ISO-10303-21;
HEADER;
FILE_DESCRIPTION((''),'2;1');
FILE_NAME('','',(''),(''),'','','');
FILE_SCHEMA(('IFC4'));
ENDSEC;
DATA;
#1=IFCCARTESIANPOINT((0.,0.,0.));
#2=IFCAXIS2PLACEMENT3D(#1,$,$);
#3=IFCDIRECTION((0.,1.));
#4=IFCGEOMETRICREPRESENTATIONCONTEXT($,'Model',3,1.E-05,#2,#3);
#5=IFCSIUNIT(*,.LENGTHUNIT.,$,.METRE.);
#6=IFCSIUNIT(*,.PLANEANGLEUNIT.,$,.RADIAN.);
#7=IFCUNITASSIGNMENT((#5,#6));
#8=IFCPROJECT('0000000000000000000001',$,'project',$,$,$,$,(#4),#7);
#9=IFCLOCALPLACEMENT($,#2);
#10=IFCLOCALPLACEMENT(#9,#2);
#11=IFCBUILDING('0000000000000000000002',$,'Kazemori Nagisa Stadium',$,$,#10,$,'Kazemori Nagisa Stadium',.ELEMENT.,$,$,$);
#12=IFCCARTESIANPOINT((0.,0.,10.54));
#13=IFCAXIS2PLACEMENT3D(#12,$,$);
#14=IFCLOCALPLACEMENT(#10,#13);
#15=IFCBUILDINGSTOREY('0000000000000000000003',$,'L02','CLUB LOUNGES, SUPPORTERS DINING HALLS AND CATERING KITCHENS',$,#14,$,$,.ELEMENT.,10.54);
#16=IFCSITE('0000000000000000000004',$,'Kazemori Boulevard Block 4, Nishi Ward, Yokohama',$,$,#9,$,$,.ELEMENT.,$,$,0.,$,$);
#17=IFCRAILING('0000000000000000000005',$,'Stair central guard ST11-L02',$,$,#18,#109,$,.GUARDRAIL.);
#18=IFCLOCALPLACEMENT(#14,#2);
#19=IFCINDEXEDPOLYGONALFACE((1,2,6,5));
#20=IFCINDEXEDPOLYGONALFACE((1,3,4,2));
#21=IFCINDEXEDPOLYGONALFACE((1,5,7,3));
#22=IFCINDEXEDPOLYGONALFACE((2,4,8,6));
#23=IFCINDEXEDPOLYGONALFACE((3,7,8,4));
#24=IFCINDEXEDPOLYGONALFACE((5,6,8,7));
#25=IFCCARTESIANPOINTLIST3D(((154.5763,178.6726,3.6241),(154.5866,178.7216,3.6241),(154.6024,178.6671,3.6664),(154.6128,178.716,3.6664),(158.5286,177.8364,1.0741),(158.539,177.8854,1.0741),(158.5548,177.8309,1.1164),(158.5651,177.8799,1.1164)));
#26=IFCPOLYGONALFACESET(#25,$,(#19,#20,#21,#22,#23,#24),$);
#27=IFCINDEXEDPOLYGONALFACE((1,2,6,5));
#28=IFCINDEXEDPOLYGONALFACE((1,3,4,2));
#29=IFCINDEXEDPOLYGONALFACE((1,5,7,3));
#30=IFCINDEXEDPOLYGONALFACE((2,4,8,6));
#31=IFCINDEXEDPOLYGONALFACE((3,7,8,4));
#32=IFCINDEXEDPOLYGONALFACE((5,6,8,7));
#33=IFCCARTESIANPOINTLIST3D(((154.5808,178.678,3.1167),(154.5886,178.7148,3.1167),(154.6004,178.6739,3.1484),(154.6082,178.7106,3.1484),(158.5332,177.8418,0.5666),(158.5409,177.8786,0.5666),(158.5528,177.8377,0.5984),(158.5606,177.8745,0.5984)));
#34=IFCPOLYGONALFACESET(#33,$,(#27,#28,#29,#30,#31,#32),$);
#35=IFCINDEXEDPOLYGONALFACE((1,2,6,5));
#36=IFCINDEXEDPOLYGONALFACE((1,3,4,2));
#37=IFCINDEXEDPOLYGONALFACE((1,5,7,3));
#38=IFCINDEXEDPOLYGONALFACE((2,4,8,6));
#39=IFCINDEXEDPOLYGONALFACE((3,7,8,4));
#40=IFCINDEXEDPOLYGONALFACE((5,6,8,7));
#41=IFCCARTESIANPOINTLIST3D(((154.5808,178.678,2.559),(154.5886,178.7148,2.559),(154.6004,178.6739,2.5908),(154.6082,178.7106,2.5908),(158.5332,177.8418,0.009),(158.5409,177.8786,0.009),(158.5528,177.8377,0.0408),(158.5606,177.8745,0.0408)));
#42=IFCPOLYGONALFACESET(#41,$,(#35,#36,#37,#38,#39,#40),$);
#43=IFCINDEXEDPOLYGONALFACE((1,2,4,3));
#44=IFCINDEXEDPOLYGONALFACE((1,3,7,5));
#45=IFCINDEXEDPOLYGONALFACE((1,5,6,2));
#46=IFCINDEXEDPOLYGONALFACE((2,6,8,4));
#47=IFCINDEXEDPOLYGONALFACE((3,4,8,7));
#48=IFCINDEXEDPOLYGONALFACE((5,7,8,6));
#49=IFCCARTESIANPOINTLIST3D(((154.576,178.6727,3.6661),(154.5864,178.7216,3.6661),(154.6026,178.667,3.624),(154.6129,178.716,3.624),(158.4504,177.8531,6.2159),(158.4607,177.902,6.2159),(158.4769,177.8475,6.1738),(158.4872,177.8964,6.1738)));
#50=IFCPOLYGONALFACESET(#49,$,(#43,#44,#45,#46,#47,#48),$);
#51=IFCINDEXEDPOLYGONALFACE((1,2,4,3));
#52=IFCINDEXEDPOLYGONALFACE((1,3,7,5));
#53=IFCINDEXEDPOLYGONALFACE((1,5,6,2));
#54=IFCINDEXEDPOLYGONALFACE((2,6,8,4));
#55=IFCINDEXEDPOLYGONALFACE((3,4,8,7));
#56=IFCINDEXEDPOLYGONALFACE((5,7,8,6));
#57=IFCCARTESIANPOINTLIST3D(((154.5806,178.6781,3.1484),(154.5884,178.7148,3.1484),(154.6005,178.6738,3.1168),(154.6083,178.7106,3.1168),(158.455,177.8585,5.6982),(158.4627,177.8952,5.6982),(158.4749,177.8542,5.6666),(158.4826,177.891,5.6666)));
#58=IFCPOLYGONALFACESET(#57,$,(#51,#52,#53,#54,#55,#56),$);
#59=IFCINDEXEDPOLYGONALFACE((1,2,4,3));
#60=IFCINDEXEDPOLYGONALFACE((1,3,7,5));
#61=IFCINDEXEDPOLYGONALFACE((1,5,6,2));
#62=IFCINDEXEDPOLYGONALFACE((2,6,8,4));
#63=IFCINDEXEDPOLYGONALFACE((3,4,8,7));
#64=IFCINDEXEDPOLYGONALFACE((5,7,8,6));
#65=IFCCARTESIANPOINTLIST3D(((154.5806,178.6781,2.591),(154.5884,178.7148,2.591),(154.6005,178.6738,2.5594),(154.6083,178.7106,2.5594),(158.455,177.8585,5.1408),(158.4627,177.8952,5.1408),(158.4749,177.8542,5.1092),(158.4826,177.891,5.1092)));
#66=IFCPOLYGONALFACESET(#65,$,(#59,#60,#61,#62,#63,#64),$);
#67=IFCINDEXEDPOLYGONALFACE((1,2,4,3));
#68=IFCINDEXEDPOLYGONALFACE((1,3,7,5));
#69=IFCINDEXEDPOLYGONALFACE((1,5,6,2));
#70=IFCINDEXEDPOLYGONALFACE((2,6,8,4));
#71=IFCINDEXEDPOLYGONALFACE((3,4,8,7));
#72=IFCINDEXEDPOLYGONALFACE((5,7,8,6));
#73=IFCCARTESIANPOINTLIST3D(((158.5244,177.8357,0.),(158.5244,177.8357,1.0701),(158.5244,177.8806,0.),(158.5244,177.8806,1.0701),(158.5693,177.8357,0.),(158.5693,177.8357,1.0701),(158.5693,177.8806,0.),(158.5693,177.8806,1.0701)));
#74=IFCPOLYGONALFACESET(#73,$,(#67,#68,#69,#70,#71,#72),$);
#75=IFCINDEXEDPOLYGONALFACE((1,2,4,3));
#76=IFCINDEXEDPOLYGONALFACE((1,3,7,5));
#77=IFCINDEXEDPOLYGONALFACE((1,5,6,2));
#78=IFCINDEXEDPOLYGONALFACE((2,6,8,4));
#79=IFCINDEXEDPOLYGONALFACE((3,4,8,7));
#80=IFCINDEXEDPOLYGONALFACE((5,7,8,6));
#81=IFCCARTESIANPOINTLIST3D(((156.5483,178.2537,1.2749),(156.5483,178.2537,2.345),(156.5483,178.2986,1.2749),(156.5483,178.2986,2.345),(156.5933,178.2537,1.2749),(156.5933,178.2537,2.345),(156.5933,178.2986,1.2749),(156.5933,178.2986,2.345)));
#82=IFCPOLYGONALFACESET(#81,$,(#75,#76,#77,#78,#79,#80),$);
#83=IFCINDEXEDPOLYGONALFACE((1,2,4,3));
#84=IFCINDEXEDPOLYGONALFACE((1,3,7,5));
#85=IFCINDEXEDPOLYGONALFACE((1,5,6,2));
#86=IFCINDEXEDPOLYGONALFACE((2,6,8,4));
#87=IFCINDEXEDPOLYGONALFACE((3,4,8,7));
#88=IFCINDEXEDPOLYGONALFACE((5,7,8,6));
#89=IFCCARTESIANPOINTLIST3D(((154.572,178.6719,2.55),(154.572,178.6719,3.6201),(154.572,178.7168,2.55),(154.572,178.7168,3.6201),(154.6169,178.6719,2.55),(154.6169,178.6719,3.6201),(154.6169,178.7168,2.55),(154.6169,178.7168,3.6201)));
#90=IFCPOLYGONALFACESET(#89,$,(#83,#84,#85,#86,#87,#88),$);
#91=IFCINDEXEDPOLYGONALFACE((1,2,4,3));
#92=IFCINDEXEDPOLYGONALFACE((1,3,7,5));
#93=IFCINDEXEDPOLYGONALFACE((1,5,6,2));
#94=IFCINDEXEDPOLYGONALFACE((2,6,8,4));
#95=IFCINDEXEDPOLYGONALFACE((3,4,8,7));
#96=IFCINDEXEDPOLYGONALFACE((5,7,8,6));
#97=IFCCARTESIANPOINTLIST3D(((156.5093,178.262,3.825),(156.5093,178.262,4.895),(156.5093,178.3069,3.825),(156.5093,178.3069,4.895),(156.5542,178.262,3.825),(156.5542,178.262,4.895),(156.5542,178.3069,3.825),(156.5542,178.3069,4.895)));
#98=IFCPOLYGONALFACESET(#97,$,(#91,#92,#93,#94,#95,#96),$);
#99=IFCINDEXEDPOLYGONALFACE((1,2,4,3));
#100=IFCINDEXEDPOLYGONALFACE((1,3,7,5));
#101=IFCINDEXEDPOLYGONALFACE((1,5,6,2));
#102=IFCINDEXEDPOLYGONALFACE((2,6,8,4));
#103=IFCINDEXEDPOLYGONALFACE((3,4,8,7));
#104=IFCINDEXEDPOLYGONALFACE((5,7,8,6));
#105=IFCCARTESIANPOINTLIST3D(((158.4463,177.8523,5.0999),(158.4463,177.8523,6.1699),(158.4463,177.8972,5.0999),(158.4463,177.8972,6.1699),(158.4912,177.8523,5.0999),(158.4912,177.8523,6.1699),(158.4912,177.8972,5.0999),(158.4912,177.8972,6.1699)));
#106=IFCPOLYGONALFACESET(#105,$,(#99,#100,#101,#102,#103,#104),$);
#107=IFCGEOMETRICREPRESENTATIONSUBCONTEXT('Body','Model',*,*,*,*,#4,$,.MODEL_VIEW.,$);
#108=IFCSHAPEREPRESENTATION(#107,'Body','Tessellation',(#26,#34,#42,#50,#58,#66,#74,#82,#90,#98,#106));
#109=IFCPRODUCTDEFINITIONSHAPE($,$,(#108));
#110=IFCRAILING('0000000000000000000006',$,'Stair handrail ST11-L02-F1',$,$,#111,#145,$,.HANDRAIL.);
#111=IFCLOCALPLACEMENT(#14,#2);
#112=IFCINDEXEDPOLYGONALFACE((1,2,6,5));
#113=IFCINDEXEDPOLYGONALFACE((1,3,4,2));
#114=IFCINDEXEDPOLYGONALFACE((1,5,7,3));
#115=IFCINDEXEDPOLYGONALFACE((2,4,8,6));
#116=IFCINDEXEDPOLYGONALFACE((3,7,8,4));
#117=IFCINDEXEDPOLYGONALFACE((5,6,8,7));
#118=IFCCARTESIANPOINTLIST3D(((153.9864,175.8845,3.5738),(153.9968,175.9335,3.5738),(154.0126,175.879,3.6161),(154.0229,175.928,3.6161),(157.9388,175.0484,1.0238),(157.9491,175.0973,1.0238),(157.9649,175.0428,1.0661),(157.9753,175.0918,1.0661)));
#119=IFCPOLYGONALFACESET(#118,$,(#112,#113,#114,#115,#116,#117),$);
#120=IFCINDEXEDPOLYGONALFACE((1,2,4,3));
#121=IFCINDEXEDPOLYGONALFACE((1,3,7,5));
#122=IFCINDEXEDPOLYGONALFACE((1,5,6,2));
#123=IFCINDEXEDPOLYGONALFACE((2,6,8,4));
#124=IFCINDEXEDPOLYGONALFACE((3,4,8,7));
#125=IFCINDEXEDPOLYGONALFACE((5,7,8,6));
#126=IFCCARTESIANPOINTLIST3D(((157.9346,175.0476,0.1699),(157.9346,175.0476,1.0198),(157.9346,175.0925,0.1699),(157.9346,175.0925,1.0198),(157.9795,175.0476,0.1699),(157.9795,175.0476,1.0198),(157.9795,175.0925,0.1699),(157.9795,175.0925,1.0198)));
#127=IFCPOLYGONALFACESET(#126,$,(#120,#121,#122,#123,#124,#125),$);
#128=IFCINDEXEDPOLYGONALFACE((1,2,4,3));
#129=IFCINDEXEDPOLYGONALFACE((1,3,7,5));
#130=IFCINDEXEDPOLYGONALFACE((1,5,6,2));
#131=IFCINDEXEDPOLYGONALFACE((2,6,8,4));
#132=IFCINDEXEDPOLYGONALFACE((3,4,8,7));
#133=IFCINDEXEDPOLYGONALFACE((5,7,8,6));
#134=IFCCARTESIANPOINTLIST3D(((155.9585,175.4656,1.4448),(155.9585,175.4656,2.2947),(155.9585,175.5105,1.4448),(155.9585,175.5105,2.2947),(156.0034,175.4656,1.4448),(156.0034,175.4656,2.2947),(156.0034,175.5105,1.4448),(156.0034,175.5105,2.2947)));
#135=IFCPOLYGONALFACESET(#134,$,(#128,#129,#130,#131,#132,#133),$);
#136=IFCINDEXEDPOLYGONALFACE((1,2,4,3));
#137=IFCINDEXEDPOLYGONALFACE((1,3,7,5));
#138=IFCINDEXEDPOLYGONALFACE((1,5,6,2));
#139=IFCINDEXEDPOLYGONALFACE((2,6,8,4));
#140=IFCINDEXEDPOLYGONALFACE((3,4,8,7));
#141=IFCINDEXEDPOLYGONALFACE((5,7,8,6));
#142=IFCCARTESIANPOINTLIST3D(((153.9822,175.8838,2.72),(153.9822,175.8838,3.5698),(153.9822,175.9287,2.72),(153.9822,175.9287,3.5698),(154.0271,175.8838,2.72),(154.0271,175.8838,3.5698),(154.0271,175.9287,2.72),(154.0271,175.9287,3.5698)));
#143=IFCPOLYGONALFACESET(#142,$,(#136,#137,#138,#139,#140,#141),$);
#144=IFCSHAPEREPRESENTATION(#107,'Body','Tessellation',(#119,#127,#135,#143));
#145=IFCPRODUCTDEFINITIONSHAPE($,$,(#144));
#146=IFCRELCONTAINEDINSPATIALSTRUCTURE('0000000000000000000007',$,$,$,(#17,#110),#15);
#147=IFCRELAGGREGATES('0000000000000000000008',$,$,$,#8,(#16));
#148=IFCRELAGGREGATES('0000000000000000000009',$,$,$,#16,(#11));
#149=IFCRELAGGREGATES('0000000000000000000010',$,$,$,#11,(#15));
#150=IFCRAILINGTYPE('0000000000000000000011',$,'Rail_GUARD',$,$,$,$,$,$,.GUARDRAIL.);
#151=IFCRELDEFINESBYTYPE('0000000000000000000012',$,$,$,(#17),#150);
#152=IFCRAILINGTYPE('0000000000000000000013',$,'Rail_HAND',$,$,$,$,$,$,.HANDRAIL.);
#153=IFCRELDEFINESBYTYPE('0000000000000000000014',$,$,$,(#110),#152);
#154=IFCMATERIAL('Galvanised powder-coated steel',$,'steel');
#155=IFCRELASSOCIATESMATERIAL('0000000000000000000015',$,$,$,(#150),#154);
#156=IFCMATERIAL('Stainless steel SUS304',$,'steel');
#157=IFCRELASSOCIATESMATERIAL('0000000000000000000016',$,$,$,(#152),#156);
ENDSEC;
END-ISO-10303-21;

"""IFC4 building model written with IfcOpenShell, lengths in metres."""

from ifc_helpers import new_model, si_unit, direction, frame, origin, origin_2d, place, context, subcontext, project, spatial, rectangle, extrude, material, type_object, element, save


model = new_model("IFC4")

# Units and contexts
model_context = context("Model", 3, precision=1e-05, world=origin(), true_north=direction((0.0, 1.0)))
body_context = subcontext(model_context, "Body", "Model", "MODEL_VIEW")
ifc_project = project(units=[si_unit("LENGTHUNIT", "METRE"), si_unit("PLANEANGLEUNIT", "RADIAN")], contexts=[model_context])

# Site, building, storey
site_placement = place(None, origin())
site = spatial("IfcSite", under=ifc_project, at=site_placement, Name="Kazemori Boulevard Block 4, Nishi Ward, Yokohama", CompositionType="ELEMENT", RefElevation=0.0)
building_placement = place(site_placement, origin())
building = spatial("IfcBuilding", under=site, at=building_placement, Name="Kazemori Nagisa Stadium", LongName="Kazemori Nagisa Stadium", CompositionType="ELEMENT")
storey_placement = place(building_placement, frame((0.0, 0.0, 10.54)))
storey = spatial("IfcBuildingStorey", under=building, at=storey_placement, Name="L02", Description="CLUB LOUNGES, SUPPORTERS DINING HALLS AND CATERING KITCHENS", CompositionType="ELEMENT", Elevation=10.54)

# Railings
ifc_material_1 = material(Name="Galvanised powder-coated steel", Category="steel")
railing_type_1 = type_object("IfcRailingType", Name="Rail_GUARD", PredefinedType="GUARDRAIL", material=ifc_material_1)
railing_1_placement = place(storey_placement, frame((158.5469, 177.8582, 0.0)))
element("IfcRailing", 1, at=railing_1_placement, inside=storey, type_object=railing_type_1, Name="Stair central guard ST11-L02", PredefinedType="GUARDRAIL", context=body_context, shape_type="SweptSolid", body=[
    extrude(rectangle(XDim=0.05, YDim=0.05, at=origin_2d()), frame((0.0, 0.0, 1.0952), z_axis=(-0.827314, 0.175029, 0.533776), x_axis=(-0.206982, -0.978345, 0.0)), (0.0, 0.0, 1.0), 4.7773),
    extrude(rectangle(XDim=0.0376, YDim=0.0376, at=origin_2d()), frame((0.0, 0.0, 0.5825), z_axis=(-0.827314, 0.175029, 0.533776), x_axis=(-0.206982, -0.978345, 0.0)), (0.0, 0.0, 1.0), 4.7773),
    extrude(rectangle(XDim=0.0376, YDim=0.0376, at=origin_2d()), frame((0.0, 0.0, 0.0249), z_axis=(-0.827314, 0.175029, 0.533776), x_axis=(-0.206982, -0.978345, 0.0)), (0.0, 0.0, 1.0), 4.7773),
    extrude(rectangle(XDim=0.05, YDim=0.05, at=origin_2d()), frame((-3.9524, 0.8362, 3.645), z_axis=(0.822579, -0.174012, 0.541371), x_axis=(0.206964, 0.978349, 0.0)), (0.0, 0.0, 1.0), 4.71),
    extrude(rectangle(XDim=0.0376, YDim=0.0376, at=origin_2d()), frame((-3.9524, 0.8362, 3.1326), z_axis=(0.822579, -0.174012, 0.541371), x_axis=(0.206964, 0.978349, 0.0)), (0.0, 0.0, 1.0), 4.71),
    extrude(rectangle(XDim=0.0376, YDim=0.0376, at=origin_2d()), frame((-3.9524, 0.8362, 2.5752), z_axis=(0.822579, -0.174012, 0.541371), x_axis=(0.206964, 0.978349, 0.0)), (0.0, 0.0, 1.0), 4.71),
    extrude(rectangle(XDim=0.0449, YDim=0.0449, at=origin_2d()), origin(), (0.0, 0.0, 1.0), 1.0701),
    extrude(rectangle(XDim=0.0449, YDim=0.0449, at=origin_2d()), frame((-1.9761, 0.418, 1.2749)), (0.0, 0.0, 1.0), 1.0701),
    extrude(rectangle(XDim=0.0449, YDim=0.0449, at=origin_2d()), frame((-3.9524, 0.8362, 2.55)), (0.0, 0.0, 1.0), 1.0701),
    extrude(rectangle(XDim=0.0449, YDim=0.0449, at=origin_2d()), frame((-2.0151, 0.4263, 3.825)), (0.0, 0.0, 1.0), 1.0701),
    extrude(rectangle(XDim=0.0449, YDim=0.0449, at=origin_2d()), frame((-0.0781, 0.0166, 5.0999)), (0.0, 0.0, 1.0), 1.0701),
])
ifc_material_2 = material(Name="Stainless steel SUS304", Category="steel")
railing_type_2 = type_object("IfcRailingType", Name="Rail_HAND", PredefinedType="HANDRAIL", material=ifc_material_2)
railing_2_placement = place(storey_placement, frame((157.957, 175.0701, 0.1699)))
element("IfcRailing", 2, at=railing_2_placement, inside=storey, type_object=railing_type_2, Name="Stair handrail ST11-L02-F1", PredefinedType="HANDRAIL", context=body_context, shape_type="SweptSolid", body=[
    extrude(rectangle(XDim=0.05, YDim=0.05, at=origin_2d()), frame((0.0, 0.0, 0.875), z_axis=(-0.827314, 0.175029, 0.533776), x_axis=(-0.206982, -0.978345, 0.0)), (0.0, 0.0, 1.0), 4.7773),
    extrude(rectangle(XDim=0.0449, YDim=0.0449, at=origin_2d()), origin(), (0.0, 0.0, 1.0), 0.8499),
    extrude(rectangle(XDim=0.0449, YDim=0.0449, at=origin_2d()), frame((-1.9761, 0.418, 1.2749)), (0.0, 0.0, 1.0), 0.8499),
    extrude(rectangle(XDim=0.0449, YDim=0.0449, at=origin_2d()), frame((-3.9524, 0.8362, 2.55)), (0.0, 0.0, 1.0), 0.8499),
])

save(model, "model.ifc")
